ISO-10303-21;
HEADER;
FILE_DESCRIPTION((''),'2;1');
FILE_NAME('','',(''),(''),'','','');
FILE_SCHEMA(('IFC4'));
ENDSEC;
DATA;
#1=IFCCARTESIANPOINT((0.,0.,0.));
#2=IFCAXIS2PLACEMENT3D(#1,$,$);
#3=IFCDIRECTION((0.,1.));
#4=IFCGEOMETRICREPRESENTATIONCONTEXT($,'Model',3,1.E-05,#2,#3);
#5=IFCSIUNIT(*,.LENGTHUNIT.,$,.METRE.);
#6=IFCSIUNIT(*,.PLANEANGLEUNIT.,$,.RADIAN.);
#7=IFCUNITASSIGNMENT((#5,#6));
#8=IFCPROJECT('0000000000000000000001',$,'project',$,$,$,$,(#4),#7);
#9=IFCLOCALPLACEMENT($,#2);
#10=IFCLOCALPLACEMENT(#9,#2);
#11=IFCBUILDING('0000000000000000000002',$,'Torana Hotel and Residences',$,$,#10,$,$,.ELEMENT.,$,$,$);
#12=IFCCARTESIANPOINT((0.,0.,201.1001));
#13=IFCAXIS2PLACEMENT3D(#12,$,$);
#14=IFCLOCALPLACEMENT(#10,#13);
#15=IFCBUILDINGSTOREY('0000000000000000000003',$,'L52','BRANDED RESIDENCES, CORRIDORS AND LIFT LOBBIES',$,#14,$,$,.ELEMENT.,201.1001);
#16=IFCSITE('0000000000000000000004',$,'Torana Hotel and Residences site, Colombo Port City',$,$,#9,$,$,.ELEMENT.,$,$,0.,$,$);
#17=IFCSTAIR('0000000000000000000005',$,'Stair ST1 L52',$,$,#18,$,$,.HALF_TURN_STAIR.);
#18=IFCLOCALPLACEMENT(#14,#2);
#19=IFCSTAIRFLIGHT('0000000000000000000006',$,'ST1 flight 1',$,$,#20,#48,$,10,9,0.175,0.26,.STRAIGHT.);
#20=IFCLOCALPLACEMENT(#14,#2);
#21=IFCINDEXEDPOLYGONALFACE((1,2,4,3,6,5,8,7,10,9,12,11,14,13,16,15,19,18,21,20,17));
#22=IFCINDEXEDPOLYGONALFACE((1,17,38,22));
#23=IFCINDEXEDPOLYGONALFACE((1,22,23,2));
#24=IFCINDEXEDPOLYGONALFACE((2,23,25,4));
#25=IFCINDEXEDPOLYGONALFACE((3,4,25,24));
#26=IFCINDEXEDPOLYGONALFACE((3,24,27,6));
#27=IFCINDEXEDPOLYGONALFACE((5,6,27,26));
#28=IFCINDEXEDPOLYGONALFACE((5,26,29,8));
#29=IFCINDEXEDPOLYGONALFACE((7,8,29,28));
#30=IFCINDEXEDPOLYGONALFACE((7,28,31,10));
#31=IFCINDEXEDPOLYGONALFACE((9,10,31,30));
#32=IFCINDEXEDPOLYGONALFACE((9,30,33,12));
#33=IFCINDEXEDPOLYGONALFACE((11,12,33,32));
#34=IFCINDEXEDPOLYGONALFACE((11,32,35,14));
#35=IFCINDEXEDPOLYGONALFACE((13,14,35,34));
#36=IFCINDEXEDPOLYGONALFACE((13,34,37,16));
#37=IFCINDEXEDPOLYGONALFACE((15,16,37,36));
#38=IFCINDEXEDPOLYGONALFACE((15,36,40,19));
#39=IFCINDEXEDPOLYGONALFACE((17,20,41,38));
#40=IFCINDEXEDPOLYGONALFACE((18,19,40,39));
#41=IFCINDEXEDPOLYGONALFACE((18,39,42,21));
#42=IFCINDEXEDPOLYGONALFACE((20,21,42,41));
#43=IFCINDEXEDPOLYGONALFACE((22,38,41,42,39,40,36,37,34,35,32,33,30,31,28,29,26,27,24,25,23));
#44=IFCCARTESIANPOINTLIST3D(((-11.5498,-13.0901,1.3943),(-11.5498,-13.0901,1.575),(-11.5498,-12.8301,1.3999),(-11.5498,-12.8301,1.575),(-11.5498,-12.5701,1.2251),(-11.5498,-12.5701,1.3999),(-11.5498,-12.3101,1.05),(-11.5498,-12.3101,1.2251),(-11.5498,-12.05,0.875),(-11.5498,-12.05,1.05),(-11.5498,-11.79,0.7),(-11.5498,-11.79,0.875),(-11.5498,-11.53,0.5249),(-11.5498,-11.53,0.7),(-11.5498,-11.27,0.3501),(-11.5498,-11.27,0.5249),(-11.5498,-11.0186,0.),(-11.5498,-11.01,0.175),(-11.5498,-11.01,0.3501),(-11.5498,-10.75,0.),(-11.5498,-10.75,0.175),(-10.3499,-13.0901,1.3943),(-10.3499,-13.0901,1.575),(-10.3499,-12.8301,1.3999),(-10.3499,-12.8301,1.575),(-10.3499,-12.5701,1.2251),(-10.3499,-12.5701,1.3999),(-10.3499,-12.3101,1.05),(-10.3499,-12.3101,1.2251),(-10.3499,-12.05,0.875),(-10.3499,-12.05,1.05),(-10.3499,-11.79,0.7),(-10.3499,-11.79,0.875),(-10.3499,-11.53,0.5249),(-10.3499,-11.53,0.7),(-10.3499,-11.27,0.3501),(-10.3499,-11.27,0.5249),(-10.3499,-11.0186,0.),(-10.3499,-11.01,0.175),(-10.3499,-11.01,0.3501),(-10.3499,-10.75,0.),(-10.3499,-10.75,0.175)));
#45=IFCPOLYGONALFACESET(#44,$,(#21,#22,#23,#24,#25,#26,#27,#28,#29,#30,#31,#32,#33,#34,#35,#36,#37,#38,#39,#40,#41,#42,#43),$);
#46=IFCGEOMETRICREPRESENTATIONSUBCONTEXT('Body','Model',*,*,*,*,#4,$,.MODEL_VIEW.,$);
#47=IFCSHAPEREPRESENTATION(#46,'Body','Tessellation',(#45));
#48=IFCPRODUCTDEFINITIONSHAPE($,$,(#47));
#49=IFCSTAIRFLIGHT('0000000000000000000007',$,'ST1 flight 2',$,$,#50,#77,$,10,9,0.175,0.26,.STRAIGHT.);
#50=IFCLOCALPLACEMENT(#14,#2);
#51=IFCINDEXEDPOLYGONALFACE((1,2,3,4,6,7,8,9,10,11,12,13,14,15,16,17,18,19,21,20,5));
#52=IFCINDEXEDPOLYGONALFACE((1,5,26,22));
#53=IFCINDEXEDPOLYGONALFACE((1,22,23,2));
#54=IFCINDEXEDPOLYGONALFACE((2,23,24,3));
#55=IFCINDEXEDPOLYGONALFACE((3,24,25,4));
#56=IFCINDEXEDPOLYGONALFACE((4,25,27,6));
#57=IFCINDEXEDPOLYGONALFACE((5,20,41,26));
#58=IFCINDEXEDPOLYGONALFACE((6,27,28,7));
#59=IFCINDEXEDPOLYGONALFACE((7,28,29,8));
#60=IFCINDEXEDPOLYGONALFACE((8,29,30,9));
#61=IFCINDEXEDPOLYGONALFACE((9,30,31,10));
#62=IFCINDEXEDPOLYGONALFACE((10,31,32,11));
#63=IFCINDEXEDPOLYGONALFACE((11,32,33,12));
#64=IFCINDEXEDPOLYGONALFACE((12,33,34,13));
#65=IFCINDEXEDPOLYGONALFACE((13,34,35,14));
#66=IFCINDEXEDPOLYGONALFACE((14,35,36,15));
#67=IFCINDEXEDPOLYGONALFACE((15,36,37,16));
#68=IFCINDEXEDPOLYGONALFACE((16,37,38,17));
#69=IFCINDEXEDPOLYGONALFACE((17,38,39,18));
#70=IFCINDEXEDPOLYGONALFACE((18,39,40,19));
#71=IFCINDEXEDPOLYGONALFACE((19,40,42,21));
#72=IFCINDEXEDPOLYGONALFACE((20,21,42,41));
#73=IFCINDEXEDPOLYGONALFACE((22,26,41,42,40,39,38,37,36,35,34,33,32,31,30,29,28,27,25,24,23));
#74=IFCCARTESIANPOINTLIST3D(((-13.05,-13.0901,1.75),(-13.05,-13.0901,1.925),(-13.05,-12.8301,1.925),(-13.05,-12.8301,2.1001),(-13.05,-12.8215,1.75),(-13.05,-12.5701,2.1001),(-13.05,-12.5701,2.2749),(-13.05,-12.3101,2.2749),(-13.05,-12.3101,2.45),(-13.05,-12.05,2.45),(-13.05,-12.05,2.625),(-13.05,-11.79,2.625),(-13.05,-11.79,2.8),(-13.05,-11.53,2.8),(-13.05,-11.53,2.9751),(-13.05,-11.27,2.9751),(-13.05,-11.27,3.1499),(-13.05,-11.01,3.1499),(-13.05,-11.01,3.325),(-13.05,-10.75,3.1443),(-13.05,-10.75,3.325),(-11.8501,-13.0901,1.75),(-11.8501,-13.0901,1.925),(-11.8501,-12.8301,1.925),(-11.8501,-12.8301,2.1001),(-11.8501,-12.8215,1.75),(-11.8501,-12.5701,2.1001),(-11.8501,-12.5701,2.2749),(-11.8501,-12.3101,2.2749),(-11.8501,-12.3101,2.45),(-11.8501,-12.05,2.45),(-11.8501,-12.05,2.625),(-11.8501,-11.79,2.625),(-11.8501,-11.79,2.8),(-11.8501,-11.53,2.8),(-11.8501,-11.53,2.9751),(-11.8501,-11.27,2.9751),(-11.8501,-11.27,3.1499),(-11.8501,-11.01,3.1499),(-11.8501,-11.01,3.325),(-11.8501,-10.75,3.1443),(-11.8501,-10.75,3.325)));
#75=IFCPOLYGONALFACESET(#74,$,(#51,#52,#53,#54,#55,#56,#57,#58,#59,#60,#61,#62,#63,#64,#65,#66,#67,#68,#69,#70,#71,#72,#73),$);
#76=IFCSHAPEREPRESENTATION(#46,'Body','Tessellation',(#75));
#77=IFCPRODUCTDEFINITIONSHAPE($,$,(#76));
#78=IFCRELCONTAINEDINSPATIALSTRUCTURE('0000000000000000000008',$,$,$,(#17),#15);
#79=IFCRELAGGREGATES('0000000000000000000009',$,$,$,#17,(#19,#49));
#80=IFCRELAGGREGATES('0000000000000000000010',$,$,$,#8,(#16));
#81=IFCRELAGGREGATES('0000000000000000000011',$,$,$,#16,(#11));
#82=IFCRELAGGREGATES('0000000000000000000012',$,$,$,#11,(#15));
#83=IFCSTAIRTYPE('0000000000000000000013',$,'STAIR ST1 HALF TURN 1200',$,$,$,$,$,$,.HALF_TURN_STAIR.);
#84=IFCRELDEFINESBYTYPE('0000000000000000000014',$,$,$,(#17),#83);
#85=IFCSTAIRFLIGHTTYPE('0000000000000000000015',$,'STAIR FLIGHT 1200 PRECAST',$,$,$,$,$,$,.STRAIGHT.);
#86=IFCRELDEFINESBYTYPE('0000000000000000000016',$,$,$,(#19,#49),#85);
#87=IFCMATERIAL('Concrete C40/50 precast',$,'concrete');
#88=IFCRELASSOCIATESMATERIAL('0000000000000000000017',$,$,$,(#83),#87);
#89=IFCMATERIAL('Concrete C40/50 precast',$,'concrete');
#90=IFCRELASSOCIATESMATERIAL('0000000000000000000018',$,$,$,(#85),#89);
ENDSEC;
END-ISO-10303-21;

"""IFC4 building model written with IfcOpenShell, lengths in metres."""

from ifc_helpers import new_model, si_unit, direction, frame, origin, place, context, subcontext, project, spatial, polyline, outline, extrude, material, type_object, element, aggregate, save


model = new_model("IFC4")

# Units and contexts
model_context = context("Model", 3, precision=1e-05, world=origin(), true_north=direction((0.0, 1.0)))
body_context = subcontext(model_context, "Body", "Model", "MODEL_VIEW")
ifc_project = project(units=[si_unit("LENGTHUNIT", "METRE"), si_unit("PLANEANGLEUNIT", "RADIAN")], contexts=[model_context])

# Site, building, storey
site_placement = place(None, origin())
site = spatial("IfcSite", under=ifc_project, at=site_placement, Name="Torana Hotel and Residences site, Colombo Port City", CompositionType="ELEMENT", RefElevation=0.0)
building_placement = place(site_placement, origin())
building = spatial("IfcBuilding", under=site, at=building_placement, Name="Torana Hotel and Residences", CompositionType="ELEMENT")
storey_placement = place(building_placement, frame((0.0, 0.0, 201.1001)))
storey = spatial("IfcBuildingStorey", under=building, at=storey_placement, Name="L52", Description="BRANDED RESIDENCES, CORRIDORS AND LIFT LOBBIES", CompositionType="ELEMENT", Elevation=201.1001)

# Stair, stair flights
ifc_material_1 = material(Name="Concrete C40/50 precast", Category="concrete")
stair_type = type_object("IfcStairType", Name="STAIR ST1 HALF TURN 1200", PredefinedType="HALF_TURN_STAIR", material=ifc_material_1)
stair_placement = place(storey_placement, origin())
stair = element("IfcStair", 1, at=stair_placement, inside=storey, type_object=stair_type, Name="Stair ST1 L52", PredefinedType="HALF_TURN_STAIR")
ifc_material_2 = material(Name="Concrete C40/50 precast", Category="concrete")
stair_flight_type = type_object("IfcStairFlightType", Name="STAIR FLIGHT 1200 PRECAST", PredefinedType="STRAIGHT", material=ifc_material_2)
stair_flight_1_placement = place(storey_placement, frame((-10.95, -10.75, 0.0), z_axis=(0.0, 0.0, 1.0), x_axis=(0.0, -1.0, 0.0)))
stair_flight_1 = element("IfcStairFlight", 2, at=stair_flight_1_placement, type_object=stair_flight_type, Name="ST1 flight 1", NumberOfRisers=10, NumberOfTreads=9, PredefinedType="STRAIGHT", RiserHeight=0.175, TreadLength=0.26, context=body_context, shape_type="SweptSolid", body=[
    extrude(outline(polyline([(0.0, 0.0), (0.0, 0.175), (0.26, 0.175), (0.26, 0.3501), (0.52, 0.3501), (0.52, 0.5249), (0.78, 0.5249), (0.78, 0.7), (1.04, 0.7), (1.04, 0.875), (1.3, 0.875), (1.3, 1.05), (1.5601, 1.05), (1.5601, 1.2251), (1.8201, 1.2251), (1.8201, 1.3999), (2.0801, 1.3999), (2.0801, 1.575), (2.3401, 1.575), (2.3401, 1.75), (2.3401, 1.3943), (0.2686, 0.0), (0.0, 0.0)])), frame((0.0, 0.6001, 0.0), z_axis=(0.0, -1.0, 0.0), x_axis=(1.0, 0.0, 0.0)), (0.0, 0.0, 1.0), 1.2),
])
stair_flight_2_placement = place(storey_placement, frame((-12.45, -13.0901, 1.75), z_axis=(0.0, 0.0, 1.0), x_axis=(0.0, 1.0, 0.0)))
stair_flight_2 = element("IfcStairFlight", 3, at=stair_flight_2_placement, type_object=stair_flight_type, Name="ST1 flight 2", NumberOfRisers=10, NumberOfTreads=9, PredefinedType="STRAIGHT", RiserHeight=0.175, TreadLength=0.26, context=body_context, shape_type="SweptSolid", body=[
    extrude(outline(polyline([(0.0, 0.0), (0.0, 0.175), (0.26, 0.175), (0.26, 0.3501), (0.52, 0.3501), (0.52, 0.5249), (0.78, 0.5249), (0.78, 0.7), (1.04, 0.7), (1.04, 0.875), (1.3, 0.875), (1.3, 1.05), (1.5601, 1.05), (1.5601, 1.2251), (1.8201, 1.2251), (1.8201, 1.3999), (2.0801, 1.3999), (2.0801, 1.575), (2.3401, 1.575), (2.3401, 1.75), (2.3401, 1.3943), (0.2686, 0.0), (0.0, 0.0)])), frame((0.0, 0.6001, 0.0), z_axis=(0.0, -1.0, 0.0), x_axis=(1.0, 0.0, 0.0)), (0.0, 0.0, 1.0), 1.2),
])
aggregate(stair, [stair_flight_1, stair_flight_2])

save(model, "model.ifc")
